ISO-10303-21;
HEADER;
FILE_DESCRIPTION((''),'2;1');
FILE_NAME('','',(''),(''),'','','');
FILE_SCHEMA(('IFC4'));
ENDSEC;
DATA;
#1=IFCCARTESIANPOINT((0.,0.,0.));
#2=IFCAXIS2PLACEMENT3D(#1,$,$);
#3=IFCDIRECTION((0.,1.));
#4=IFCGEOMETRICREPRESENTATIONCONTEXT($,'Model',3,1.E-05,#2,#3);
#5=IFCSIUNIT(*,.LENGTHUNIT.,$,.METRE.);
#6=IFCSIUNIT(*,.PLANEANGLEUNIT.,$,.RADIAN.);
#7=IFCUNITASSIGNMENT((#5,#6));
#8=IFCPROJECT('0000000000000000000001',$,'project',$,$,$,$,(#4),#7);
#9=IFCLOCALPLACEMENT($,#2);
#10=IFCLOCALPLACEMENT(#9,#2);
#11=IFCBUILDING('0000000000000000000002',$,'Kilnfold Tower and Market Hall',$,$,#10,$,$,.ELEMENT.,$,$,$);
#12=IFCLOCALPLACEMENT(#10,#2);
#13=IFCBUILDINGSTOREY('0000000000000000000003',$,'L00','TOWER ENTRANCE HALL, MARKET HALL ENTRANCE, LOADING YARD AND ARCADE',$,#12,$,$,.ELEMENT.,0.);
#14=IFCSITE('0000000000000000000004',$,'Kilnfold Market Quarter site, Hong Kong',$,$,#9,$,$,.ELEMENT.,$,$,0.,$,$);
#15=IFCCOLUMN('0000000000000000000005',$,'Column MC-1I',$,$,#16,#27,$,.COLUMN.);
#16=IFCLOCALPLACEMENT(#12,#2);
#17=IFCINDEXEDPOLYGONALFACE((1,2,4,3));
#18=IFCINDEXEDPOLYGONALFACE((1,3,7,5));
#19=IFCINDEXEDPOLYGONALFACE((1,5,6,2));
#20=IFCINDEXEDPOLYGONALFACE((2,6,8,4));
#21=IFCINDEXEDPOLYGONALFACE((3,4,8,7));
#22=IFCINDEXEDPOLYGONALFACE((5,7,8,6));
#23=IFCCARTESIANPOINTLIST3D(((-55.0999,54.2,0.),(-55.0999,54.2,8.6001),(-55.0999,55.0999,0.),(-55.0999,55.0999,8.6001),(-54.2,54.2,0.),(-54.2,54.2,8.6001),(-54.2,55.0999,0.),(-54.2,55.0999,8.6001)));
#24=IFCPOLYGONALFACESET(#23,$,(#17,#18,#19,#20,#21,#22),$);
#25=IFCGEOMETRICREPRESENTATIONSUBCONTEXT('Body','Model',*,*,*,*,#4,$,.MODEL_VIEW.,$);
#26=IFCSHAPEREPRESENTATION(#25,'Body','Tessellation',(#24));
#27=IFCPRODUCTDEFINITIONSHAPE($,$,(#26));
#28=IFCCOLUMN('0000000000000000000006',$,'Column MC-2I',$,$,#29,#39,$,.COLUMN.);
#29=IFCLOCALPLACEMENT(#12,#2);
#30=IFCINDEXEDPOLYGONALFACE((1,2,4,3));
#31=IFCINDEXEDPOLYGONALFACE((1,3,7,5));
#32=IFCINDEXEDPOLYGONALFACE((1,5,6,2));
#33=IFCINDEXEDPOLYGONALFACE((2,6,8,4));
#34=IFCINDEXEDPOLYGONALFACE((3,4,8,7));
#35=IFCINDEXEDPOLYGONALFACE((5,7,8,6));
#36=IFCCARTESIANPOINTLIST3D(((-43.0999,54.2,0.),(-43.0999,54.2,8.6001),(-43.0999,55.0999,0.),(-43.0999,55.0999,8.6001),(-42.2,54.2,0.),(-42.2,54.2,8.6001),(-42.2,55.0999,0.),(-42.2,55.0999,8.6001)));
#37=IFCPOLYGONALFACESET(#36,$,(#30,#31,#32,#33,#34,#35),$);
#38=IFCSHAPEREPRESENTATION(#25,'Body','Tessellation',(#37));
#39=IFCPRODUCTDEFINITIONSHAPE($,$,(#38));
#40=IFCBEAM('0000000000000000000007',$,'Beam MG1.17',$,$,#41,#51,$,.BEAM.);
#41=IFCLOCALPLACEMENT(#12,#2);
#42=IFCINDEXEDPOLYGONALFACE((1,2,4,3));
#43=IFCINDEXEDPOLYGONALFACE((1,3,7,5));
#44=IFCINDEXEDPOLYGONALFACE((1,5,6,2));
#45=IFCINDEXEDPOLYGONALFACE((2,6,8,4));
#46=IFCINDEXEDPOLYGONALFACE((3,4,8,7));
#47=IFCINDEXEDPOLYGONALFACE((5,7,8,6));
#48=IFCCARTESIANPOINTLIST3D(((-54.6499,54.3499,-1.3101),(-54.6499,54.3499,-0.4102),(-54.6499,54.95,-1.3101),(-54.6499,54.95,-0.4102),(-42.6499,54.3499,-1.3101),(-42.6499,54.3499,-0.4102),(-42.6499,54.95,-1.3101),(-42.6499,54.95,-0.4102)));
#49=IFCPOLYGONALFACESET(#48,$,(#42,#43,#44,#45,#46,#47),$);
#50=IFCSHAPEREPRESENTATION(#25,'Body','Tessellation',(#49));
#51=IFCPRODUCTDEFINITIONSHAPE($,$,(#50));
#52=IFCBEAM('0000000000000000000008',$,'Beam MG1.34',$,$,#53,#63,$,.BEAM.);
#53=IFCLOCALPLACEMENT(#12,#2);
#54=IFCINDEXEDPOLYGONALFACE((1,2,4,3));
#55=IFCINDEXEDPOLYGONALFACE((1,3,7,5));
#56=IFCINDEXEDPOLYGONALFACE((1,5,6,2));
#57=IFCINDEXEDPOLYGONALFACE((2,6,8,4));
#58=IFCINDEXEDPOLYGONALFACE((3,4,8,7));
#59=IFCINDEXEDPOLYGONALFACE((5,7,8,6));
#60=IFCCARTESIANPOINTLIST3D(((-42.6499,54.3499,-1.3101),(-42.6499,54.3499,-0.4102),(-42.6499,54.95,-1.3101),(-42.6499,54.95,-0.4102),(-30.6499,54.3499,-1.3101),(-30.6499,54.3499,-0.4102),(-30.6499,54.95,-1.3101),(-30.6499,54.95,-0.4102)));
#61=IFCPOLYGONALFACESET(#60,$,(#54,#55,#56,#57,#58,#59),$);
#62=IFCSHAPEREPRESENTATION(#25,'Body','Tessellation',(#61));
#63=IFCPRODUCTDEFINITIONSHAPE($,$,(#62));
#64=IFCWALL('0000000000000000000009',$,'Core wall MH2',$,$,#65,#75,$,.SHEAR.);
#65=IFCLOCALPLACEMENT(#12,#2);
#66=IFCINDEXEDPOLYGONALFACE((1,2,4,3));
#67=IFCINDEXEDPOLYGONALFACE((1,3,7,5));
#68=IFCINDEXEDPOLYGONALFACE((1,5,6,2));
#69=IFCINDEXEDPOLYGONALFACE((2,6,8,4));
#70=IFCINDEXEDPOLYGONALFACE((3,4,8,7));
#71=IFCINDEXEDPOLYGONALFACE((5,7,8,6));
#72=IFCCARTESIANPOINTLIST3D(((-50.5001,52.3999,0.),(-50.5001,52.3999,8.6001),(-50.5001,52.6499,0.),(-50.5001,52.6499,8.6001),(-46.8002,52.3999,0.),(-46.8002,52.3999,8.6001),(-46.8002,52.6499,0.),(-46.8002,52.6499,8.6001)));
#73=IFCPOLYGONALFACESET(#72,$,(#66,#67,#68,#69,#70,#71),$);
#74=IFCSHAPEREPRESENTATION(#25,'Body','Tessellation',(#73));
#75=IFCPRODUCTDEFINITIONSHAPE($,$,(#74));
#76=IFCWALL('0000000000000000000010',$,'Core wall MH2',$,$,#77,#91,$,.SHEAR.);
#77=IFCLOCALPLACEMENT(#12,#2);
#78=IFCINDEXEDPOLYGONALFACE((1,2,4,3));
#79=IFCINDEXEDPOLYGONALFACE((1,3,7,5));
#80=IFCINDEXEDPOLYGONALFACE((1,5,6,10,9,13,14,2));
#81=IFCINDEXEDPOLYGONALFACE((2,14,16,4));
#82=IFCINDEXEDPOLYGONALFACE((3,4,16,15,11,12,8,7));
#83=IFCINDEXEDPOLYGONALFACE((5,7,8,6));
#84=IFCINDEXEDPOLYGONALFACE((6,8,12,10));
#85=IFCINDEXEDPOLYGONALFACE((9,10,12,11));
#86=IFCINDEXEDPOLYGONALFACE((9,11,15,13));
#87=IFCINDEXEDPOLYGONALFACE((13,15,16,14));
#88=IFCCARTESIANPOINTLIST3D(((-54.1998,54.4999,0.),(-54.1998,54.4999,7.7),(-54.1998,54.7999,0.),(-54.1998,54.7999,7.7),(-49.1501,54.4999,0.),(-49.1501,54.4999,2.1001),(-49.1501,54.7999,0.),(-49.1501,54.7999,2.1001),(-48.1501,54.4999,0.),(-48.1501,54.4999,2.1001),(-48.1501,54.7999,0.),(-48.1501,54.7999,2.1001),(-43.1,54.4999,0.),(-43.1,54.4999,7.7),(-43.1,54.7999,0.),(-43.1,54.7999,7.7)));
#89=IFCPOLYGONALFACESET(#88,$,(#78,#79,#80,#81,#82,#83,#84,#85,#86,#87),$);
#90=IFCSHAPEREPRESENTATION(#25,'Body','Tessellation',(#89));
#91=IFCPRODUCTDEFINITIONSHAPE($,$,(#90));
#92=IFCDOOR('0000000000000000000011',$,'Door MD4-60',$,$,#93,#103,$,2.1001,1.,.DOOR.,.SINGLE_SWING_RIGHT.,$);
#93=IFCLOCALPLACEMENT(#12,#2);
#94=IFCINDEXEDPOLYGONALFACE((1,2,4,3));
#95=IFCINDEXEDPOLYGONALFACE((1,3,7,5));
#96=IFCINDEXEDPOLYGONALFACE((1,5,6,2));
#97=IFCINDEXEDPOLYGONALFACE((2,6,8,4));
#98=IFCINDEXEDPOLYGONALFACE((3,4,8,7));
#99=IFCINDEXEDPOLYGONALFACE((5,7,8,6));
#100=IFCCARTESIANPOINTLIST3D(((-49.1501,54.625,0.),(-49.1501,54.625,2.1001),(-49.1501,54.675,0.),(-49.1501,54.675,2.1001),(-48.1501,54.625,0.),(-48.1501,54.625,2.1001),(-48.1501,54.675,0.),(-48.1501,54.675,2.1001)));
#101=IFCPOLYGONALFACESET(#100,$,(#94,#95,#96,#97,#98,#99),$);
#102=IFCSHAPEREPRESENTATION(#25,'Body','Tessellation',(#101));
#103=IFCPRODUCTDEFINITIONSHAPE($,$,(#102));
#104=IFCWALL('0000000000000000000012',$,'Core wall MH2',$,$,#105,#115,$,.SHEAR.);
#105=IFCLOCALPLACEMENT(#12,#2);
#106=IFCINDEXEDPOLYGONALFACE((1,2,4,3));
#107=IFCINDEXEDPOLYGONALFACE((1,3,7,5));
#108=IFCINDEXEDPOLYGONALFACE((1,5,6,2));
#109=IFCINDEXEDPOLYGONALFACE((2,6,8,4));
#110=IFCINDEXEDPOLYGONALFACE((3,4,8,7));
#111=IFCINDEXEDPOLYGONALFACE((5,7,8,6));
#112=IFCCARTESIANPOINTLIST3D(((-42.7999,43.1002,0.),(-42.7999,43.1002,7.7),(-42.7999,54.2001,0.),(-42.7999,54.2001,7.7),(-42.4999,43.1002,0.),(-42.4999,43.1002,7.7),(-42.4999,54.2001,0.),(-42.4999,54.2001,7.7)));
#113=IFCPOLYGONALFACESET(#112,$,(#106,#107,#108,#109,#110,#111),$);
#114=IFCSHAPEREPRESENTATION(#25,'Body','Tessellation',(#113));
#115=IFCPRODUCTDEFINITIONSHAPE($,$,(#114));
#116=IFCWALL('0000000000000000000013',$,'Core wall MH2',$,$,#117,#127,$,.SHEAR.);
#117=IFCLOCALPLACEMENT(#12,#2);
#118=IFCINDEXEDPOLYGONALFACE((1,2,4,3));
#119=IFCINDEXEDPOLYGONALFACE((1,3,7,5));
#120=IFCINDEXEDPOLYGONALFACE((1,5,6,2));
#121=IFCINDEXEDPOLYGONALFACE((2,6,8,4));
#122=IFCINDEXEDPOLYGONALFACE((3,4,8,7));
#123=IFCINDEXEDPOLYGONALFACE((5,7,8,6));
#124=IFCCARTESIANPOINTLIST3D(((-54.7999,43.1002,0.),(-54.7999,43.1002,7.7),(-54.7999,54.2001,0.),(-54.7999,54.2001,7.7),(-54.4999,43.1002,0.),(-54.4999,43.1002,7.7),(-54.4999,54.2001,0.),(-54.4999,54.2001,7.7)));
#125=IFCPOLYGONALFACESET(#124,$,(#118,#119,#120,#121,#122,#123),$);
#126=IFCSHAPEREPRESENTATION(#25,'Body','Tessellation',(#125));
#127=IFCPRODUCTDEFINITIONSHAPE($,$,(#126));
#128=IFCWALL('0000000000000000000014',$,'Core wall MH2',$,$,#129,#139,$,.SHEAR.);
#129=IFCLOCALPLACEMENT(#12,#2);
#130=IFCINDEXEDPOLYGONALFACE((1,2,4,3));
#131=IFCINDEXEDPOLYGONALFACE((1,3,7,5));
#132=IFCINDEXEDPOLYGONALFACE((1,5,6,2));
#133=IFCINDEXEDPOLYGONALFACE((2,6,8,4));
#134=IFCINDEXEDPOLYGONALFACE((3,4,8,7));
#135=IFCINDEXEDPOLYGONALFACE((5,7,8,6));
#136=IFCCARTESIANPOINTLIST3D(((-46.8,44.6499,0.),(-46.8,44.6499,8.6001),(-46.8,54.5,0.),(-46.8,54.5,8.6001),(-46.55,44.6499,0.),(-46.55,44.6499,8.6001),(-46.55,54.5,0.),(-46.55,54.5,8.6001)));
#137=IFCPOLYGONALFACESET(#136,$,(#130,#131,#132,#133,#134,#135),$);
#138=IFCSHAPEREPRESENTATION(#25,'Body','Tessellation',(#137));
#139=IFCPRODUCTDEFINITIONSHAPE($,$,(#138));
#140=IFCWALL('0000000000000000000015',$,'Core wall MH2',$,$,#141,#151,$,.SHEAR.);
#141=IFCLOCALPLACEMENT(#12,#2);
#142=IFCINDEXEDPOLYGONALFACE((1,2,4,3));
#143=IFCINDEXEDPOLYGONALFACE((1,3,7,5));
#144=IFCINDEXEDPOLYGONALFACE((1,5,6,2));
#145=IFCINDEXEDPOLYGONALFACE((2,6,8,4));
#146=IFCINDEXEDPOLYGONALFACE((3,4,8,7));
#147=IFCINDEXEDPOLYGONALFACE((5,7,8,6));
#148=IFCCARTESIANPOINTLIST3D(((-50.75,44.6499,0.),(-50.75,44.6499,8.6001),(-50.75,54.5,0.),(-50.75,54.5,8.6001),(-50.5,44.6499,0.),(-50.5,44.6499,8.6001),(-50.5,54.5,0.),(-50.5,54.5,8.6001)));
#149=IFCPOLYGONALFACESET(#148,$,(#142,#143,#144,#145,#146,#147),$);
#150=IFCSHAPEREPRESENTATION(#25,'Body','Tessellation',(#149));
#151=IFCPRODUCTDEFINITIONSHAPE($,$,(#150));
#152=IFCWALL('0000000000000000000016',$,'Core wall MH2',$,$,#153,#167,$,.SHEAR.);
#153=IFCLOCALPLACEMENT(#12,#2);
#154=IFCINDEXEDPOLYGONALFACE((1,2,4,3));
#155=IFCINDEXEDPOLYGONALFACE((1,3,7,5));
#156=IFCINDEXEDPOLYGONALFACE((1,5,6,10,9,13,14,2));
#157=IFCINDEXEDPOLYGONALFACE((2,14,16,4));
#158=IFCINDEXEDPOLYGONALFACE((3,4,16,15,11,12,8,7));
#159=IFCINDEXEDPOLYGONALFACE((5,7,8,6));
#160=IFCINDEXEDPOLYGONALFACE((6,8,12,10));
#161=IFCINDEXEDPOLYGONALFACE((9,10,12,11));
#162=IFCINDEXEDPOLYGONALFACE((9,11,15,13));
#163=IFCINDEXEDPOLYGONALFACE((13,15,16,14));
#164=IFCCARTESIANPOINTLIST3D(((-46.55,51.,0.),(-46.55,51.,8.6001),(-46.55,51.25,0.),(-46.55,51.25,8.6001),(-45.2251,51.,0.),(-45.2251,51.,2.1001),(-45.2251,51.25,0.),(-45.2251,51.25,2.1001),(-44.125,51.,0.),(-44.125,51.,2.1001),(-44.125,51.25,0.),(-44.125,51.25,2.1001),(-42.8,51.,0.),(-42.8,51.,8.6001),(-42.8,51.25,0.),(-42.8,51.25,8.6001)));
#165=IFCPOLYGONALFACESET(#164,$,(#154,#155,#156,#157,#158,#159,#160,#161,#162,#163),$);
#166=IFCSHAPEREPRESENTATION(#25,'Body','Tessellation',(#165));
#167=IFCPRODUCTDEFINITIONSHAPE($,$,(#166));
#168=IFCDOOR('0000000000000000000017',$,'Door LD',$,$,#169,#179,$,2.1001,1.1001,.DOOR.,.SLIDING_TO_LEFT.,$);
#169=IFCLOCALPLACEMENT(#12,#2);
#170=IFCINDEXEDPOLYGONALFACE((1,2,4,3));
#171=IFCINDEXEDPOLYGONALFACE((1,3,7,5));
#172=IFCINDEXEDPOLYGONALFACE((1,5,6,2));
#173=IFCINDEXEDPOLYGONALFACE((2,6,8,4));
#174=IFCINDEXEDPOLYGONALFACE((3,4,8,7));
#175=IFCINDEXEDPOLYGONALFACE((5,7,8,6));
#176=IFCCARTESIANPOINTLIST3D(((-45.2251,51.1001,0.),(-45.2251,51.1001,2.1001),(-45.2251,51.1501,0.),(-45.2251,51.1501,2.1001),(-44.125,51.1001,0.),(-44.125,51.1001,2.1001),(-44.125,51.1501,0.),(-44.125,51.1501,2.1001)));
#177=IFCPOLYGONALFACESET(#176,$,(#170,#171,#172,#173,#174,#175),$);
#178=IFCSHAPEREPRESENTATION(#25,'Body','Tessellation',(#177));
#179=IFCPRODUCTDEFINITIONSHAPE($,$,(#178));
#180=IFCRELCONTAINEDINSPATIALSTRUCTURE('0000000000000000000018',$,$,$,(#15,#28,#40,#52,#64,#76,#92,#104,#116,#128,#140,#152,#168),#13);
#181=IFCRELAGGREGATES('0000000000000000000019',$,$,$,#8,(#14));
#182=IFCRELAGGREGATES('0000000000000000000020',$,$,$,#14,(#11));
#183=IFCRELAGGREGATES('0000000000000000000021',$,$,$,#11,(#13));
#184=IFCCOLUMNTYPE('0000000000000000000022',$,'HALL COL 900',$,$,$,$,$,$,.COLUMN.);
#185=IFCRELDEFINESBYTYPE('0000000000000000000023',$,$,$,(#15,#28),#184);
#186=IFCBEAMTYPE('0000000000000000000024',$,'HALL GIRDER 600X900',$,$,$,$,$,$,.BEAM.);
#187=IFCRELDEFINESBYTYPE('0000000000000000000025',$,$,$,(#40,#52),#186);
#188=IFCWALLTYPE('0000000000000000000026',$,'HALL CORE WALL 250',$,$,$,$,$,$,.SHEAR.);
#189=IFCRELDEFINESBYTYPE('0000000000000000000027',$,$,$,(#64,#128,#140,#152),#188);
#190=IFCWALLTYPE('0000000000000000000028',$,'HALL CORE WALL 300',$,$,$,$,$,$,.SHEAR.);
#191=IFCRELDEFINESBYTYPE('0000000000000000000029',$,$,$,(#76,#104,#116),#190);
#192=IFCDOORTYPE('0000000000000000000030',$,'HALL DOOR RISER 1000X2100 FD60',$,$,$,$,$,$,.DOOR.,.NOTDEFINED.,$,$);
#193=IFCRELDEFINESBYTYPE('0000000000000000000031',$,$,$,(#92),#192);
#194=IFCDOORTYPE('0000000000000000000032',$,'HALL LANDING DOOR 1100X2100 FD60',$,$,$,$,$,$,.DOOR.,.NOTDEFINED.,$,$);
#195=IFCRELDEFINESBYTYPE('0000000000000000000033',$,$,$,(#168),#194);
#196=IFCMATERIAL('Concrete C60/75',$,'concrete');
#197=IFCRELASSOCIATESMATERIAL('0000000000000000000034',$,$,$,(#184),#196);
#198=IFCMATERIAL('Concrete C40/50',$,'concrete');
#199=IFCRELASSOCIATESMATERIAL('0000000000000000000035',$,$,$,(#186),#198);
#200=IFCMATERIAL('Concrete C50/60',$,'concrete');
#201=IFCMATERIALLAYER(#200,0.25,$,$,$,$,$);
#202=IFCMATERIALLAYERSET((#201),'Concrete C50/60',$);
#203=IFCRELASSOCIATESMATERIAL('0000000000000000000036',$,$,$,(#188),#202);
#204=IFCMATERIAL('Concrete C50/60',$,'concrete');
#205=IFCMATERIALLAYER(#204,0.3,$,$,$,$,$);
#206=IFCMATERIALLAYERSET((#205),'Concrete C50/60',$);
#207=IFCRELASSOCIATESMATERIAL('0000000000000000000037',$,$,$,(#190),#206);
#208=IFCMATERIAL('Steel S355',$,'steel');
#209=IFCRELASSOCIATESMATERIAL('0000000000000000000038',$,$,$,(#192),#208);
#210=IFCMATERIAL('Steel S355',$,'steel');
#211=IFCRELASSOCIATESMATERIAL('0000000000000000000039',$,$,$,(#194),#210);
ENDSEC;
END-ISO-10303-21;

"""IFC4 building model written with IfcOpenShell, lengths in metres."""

from ifc_helpers import new_model, si_unit, direction, frame, frame_2d, origin, origin_2d, place, context, subcontext, project, spatial, rectangle, extrude, source, transform, mapped, material, layer, layer_set, material_profile, profile_set, type_object, element, fill, save


model = new_model("IFC4")

# Units and contexts
model_context = context("Model", 3, precision=1e-05, world=origin(), true_north=direction((0.0, 1.0)))
body_context = subcontext(model_context, "Body", "Model", "MODEL_VIEW")
ifc_project = project(units=[si_unit("LENGTHUNIT", "METRE"), si_unit("PLANEANGLEUNIT", "RADIAN")], contexts=[model_context])

# Site, building, storey
site_placement = place(None, origin())
site = spatial("IfcSite", under=ifc_project, at=site_placement, Name="Kilnfold Market Quarter site, Hong Kong", CompositionType="ELEMENT", RefElevation=0.0)
building_placement = place(site_placement, origin())
building = spatial("IfcBuilding", under=site, at=building_placement, Name="Kilnfold Tower and Market Hall", CompositionType="ELEMENT")
storey_placement = place(building_placement, origin())
storey = spatial("IfcBuildingStorey", under=building, at=storey_placement, Name="L00", Description="TOWER ENTRANCE HALL, MARKET HALL ENTRANCE, LOADING YARD AND ARCADE", CompositionType="ELEMENT", Elevation=0.0)

# Columns
ifc_material_1 = material(Name="Concrete C60/75", Category="concrete")
ifc_material_profile_1 = material_profile(ifc_material_1, rectangle(XDim=0.8999, YDim=0.8999, at=origin_2d()), Name="RC 900x900")
ifc_profile_set_1 = profile_set([ifc_material_profile_1], Name="Concrete C60/75")
column_type = type_object("IfcColumnType", Name="HALL COL 900", PredefinedType="COLUMN", material=ifc_profile_set_1)
shared_shape_1 = source(origin(), body_context, "Body", "SweptSolid", [
    extrude(rectangle(XDim=0.8999, YDim=0.8999, at=origin_2d()), origin(), (0.0, 0.0, 1.0), 8.6001),
])
for number, where, z_axis, x_axis, name in (
    (1, (-54.6499, 54.6499, 0.0), (0.0, 0.0, 1.0), (1.0, 0.0, 0.0), "Column MC-1I"),
    (2, (-42.6499, 54.6499, 0.0), (0.0, 0.0, 1.0), (1.0, 0.0, 0.0), "Column MC-2I"),
):
    element("IfcColumn", number, at=place(storey_placement, frame(where, z_axis=z_axis, x_axis=x_axis)), inside=storey, type_object=column_type, Name=name, PredefinedType="COLUMN", context=body_context, shape_type="MappedRepresentation", body=[
        mapped(shared_shape_1, transform((0.0, 0.0, 0.0))),
    ])

# Beams
ifc_material_2 = material(Name="Concrete C40/50", Category="concrete")
ifc_material_profile_2 = material_profile(ifc_material_2, rectangle(XDim=0.6001, YDim=0.8999, at=origin_2d()), Name="RC 600x900")
ifc_profile_set_2 = profile_set([ifc_material_profile_2], Name="Concrete C40/50")
beam_type = type_object("IfcBeamType", Name="HALL GIRDER 600X900", PredefinedType="BEAM", material=ifc_profile_set_2)
for number, where, z_axis, x_axis, name in (
    (3, (-54.6499, 54.6499, -0.8601), (1.0, 0.0, 0.0), (0.0, 1.0, 0.0), "Beam MG1.17"),
    (4, (-42.6499, 54.6499, -0.8601), (1.0, 0.0, 0.0), (0.0, 1.0, 0.0), "Beam MG1.34"),
):
    element("IfcBeam", number, at=place(storey_placement, frame(where, z_axis=z_axis, x_axis=x_axis)), inside=storey, type_object=beam_type, Name=name, PredefinedType="BEAM", context=body_context, shape_type="SweptSolid", body=[
        extrude(rectangle(XDim=0.6001, YDim=0.8999, at=origin_2d()), origin(), (0.0, 0.0, 1.0), 12.0),
    ])

# Wall
ifc_material_3 = material(Name="Concrete C50/60", Category="concrete")
ifc_layer_1 = layer(ifc_material_3, 0.25)
ifc_layer_set_1 = layer_set([ifc_layer_1], Name="Concrete C50/60")
wall_type_1 = type_object("IfcWallType", Name="HALL CORE WALL 250", PredefinedType="SHEAR", material=ifc_layer_set_1)
shared_shape_2 = source(origin(), body_context, "Body", "SweptSolid", [
    extrude(rectangle(XDim=3.7, YDim=0.25, at=frame_2d((1.8501, 0.0))), origin(), (0.0, 0.0, 1.0), 8.6001),
])
wall_1_placement = place(storey_placement, frame((-46.8, 52.5249, 0.0), z_axis=(0.0, 0.0, 1.0), x_axis=(-1.0, 0.0, 0.0)))
element("IfcWall", 5, at=wall_1_placement, inside=storey, type_object=wall_type_1, Name="Core wall MH2", PredefinedType="SHEAR", context=body_context, shape_type="MappedRepresentation", body=[
    mapped(shared_shape_2, transform((0.0, 0.0, 0.0))),
])

# Wall, opening, door
ifc_material_4 = material(Name="Concrete C50/60", Category="concrete")
ifc_layer_2 = layer(ifc_material_4, 0.3)
ifc_layer_set_2 = layer_set([ifc_layer_2], Name="Concrete C50/60")
wall_type_2 = type_object("IfcWallType", Name="HALL CORE WALL 300", PredefinedType="SHEAR", material=ifc_layer_set_2)
shared_shape_3 = source(origin(), body_context, "Body", "SweptSolid", [
    extrude(rectangle(XDim=11.0999, YDim=0.3, at=frame_2d((5.5498, 0.0))), origin(), (0.0, 0.0, 1.0), 7.7),
])
wall_2_placement = place(storey_placement, frame((-43.1001, 54.6499, 0.0), z_axis=(0.0, 0.0, 1.0), x_axis=(-1.0, 0.0, 0.0)))
wall_2 = element("IfcWall", 6, at=wall_2_placement, inside=storey, type_object=wall_type_2, Name="Core wall MH2", PredefinedType="SHEAR", context=body_context, shape_type="MappedRepresentation", body=[
    mapped(shared_shape_3, transform((0.0, 0.0, 0.0))),
])
opening_1_placement = place(wall_2_placement, frame((5.05, 0.0, 0.0)))
opening_1 = element("IfcOpeningElement", 7, at=opening_1_placement, cuts=wall_2, PredefinedType="OPENING", context=body_context, shape_type="SweptSolid", body=[
    extrude(rectangle(XDim=1.0, YDim=2.1001, at=frame_2d((0.5, 1.05))), frame((0.0, 0.1602, 0.0), z_axis=(0.0, -1.0, 0.0), x_axis=(1.0, 0.0, 0.0)), (0.0, 0.0, 1.0), 0.3201),
])
ifc_material_5 = material(Name="Steel S355", Category="steel")
door_type_1 = type_object("IfcDoorType", Name="HALL DOOR RISER 1000X2100 FD60", OperationType="NOTDEFINED", PredefinedType="DOOR", material=ifc_material_5)
door_1_placement = place(opening_1_placement, origin())
door_1 = element("IfcDoor", 8, at=door_1_placement, inside=storey, type_object=door_type_1, Name="Door MD4-60", OperationType="SINGLE_SWING_RIGHT", OverallHeight=2.1001, OverallWidth=1.0, PredefinedType="DOOR", context=body_context, shape_type="SweptSolid", body=[
    extrude(rectangle(XDim=1.0, YDim=2.1001, at=frame_2d((0.5, 1.05))), frame((0.0, 0.0249, 0.0), z_axis=(0.0, -1.0, 0.0), x_axis=(1.0, 0.0, 0.0)), (0.0, 0.0, 1.0), 0.05),
])
fill(opening_1, door_1)

# Walls
for number, where, z_axis, x_axis, name in (
    (9, (-42.6499, 54.2, 0.0), (0.0, 0.0, 1.0), (0.0, -1.0, 0.0), "Core wall MH2"),
    (10, (-54.6499, 54.2, 0.0), (0.0, 0.0, 1.0), (0.0, -1.0, 0.0), "Core wall MH2"),
):
    element("IfcWall", number, at=place(storey_placement, frame(where, z_axis=z_axis, x_axis=x_axis)), inside=storey, type_object=wall_type_2, Name=name, PredefinedType="SHEAR", context=body_context, shape_type="MappedRepresentation", body=[
        mapped(shared_shape_3, transform((0.0, 0.0, 0.0))),
    ])
shared_shape_4 = source(origin(), body_context, "Body", "SweptSolid", [
    extrude(rectangle(XDim=9.8501, YDim=0.25, at=frame_2d((4.925, 0.0))), origin(), (0.0, 0.0, 1.0), 8.6001),
])
for number, where, z_axis, x_axis, name in (
    (11, (-46.675, 54.5, 0.0), (0.0, 0.0, 1.0), (0.0, -1.0, 0.0), "Core wall MH2"),
    (12, (-50.625, 54.5, 0.0), (0.0, 0.0, 1.0), (0.0, -1.0, 0.0), "Core wall MH2"),
):
    element("IfcWall", number, at=place(storey_placement, frame(where, z_axis=z_axis, x_axis=x_axis)), inside=storey, type_object=wall_type_1, Name=name, PredefinedType="SHEAR", context=body_context, shape_type="MappedRepresentation", body=[
        mapped(shared_shape_4, transform((0.0, 0.0, 0.0))),
    ])

# Wall, opening, door
shared_shape_5 = source(origin(), body_context, "Body", "SweptSolid", [
    extrude(rectangle(XDim=3.75, YDim=0.25, at=frame_2d((1.875, 0.0))), origin(), (0.0, 0.0, 1.0), 8.6001),
])
wall_3_placement = place(storey_placement, frame((-42.8, 51.125, 0.0), z_axis=(0.0, 0.0, 1.0), x_axis=(-1.0, 0.0, 0.0)))
wall_3 = element("IfcWall", 13, at=wall_3_placement, inside=storey, type_object=wall_type_1, Name="Core wall MH2", PredefinedType="SHEAR", context=body_context, shape_type="MappedRepresentation", body=[
    mapped(shared_shape_5, transform((0.0, 0.0, 0.0))),
])
opening_2_placement = place(wall_3_placement, frame((1.325, 0.0, 0.0)))
opening_2 = element("IfcOpeningElement", 14, at=opening_2_placement, cuts=wall_3, PredefinedType="OPENING", context=body_context, shape_type="SweptSolid", body=[
    extrude(rectangle(XDim=1.1001, YDim=2.1001, at=frame_2d((0.55, 1.05))), frame((0.0, 0.135, 0.0), z_axis=(0.0, -1.0, 0.0), x_axis=(1.0, 0.0, 0.0)), (0.0, 0.0, 1.0), 0.27),
])
ifc_material_6 = material(Name="Steel S355", Category="steel")
door_type_2 = type_object("IfcDoorType", Name="HALL LANDING DOOR 1100X2100 FD60", OperationType="NOTDEFINED", PredefinedType="DOOR", material=ifc_material_6)
door_2_placement = place(opening_2_placement, origin())
door_2 = element("IfcDoor", 15, at=door_2_placement, inside=storey, type_object=door_type_2, Name="Door LD", OperationType="SLIDING_TO_LEFT", OverallHeight=2.1001, OverallWidth=1.1001, PredefinedType="DOOR", context=body_context, shape_type="SweptSolid", body=[
    extrude(rectangle(XDim=1.1001, YDim=2.1001, at=frame_2d((0.55, 1.05))), frame((0.0, 0.0249, 0.0), z_axis=(0.0, -1.0, 0.0), x_axis=(1.0, 0.0, 0.0)), (0.0, 0.0, 1.0), 0.05),
])
fill(opening_2, door_2)

save(model, "model.ifc")
